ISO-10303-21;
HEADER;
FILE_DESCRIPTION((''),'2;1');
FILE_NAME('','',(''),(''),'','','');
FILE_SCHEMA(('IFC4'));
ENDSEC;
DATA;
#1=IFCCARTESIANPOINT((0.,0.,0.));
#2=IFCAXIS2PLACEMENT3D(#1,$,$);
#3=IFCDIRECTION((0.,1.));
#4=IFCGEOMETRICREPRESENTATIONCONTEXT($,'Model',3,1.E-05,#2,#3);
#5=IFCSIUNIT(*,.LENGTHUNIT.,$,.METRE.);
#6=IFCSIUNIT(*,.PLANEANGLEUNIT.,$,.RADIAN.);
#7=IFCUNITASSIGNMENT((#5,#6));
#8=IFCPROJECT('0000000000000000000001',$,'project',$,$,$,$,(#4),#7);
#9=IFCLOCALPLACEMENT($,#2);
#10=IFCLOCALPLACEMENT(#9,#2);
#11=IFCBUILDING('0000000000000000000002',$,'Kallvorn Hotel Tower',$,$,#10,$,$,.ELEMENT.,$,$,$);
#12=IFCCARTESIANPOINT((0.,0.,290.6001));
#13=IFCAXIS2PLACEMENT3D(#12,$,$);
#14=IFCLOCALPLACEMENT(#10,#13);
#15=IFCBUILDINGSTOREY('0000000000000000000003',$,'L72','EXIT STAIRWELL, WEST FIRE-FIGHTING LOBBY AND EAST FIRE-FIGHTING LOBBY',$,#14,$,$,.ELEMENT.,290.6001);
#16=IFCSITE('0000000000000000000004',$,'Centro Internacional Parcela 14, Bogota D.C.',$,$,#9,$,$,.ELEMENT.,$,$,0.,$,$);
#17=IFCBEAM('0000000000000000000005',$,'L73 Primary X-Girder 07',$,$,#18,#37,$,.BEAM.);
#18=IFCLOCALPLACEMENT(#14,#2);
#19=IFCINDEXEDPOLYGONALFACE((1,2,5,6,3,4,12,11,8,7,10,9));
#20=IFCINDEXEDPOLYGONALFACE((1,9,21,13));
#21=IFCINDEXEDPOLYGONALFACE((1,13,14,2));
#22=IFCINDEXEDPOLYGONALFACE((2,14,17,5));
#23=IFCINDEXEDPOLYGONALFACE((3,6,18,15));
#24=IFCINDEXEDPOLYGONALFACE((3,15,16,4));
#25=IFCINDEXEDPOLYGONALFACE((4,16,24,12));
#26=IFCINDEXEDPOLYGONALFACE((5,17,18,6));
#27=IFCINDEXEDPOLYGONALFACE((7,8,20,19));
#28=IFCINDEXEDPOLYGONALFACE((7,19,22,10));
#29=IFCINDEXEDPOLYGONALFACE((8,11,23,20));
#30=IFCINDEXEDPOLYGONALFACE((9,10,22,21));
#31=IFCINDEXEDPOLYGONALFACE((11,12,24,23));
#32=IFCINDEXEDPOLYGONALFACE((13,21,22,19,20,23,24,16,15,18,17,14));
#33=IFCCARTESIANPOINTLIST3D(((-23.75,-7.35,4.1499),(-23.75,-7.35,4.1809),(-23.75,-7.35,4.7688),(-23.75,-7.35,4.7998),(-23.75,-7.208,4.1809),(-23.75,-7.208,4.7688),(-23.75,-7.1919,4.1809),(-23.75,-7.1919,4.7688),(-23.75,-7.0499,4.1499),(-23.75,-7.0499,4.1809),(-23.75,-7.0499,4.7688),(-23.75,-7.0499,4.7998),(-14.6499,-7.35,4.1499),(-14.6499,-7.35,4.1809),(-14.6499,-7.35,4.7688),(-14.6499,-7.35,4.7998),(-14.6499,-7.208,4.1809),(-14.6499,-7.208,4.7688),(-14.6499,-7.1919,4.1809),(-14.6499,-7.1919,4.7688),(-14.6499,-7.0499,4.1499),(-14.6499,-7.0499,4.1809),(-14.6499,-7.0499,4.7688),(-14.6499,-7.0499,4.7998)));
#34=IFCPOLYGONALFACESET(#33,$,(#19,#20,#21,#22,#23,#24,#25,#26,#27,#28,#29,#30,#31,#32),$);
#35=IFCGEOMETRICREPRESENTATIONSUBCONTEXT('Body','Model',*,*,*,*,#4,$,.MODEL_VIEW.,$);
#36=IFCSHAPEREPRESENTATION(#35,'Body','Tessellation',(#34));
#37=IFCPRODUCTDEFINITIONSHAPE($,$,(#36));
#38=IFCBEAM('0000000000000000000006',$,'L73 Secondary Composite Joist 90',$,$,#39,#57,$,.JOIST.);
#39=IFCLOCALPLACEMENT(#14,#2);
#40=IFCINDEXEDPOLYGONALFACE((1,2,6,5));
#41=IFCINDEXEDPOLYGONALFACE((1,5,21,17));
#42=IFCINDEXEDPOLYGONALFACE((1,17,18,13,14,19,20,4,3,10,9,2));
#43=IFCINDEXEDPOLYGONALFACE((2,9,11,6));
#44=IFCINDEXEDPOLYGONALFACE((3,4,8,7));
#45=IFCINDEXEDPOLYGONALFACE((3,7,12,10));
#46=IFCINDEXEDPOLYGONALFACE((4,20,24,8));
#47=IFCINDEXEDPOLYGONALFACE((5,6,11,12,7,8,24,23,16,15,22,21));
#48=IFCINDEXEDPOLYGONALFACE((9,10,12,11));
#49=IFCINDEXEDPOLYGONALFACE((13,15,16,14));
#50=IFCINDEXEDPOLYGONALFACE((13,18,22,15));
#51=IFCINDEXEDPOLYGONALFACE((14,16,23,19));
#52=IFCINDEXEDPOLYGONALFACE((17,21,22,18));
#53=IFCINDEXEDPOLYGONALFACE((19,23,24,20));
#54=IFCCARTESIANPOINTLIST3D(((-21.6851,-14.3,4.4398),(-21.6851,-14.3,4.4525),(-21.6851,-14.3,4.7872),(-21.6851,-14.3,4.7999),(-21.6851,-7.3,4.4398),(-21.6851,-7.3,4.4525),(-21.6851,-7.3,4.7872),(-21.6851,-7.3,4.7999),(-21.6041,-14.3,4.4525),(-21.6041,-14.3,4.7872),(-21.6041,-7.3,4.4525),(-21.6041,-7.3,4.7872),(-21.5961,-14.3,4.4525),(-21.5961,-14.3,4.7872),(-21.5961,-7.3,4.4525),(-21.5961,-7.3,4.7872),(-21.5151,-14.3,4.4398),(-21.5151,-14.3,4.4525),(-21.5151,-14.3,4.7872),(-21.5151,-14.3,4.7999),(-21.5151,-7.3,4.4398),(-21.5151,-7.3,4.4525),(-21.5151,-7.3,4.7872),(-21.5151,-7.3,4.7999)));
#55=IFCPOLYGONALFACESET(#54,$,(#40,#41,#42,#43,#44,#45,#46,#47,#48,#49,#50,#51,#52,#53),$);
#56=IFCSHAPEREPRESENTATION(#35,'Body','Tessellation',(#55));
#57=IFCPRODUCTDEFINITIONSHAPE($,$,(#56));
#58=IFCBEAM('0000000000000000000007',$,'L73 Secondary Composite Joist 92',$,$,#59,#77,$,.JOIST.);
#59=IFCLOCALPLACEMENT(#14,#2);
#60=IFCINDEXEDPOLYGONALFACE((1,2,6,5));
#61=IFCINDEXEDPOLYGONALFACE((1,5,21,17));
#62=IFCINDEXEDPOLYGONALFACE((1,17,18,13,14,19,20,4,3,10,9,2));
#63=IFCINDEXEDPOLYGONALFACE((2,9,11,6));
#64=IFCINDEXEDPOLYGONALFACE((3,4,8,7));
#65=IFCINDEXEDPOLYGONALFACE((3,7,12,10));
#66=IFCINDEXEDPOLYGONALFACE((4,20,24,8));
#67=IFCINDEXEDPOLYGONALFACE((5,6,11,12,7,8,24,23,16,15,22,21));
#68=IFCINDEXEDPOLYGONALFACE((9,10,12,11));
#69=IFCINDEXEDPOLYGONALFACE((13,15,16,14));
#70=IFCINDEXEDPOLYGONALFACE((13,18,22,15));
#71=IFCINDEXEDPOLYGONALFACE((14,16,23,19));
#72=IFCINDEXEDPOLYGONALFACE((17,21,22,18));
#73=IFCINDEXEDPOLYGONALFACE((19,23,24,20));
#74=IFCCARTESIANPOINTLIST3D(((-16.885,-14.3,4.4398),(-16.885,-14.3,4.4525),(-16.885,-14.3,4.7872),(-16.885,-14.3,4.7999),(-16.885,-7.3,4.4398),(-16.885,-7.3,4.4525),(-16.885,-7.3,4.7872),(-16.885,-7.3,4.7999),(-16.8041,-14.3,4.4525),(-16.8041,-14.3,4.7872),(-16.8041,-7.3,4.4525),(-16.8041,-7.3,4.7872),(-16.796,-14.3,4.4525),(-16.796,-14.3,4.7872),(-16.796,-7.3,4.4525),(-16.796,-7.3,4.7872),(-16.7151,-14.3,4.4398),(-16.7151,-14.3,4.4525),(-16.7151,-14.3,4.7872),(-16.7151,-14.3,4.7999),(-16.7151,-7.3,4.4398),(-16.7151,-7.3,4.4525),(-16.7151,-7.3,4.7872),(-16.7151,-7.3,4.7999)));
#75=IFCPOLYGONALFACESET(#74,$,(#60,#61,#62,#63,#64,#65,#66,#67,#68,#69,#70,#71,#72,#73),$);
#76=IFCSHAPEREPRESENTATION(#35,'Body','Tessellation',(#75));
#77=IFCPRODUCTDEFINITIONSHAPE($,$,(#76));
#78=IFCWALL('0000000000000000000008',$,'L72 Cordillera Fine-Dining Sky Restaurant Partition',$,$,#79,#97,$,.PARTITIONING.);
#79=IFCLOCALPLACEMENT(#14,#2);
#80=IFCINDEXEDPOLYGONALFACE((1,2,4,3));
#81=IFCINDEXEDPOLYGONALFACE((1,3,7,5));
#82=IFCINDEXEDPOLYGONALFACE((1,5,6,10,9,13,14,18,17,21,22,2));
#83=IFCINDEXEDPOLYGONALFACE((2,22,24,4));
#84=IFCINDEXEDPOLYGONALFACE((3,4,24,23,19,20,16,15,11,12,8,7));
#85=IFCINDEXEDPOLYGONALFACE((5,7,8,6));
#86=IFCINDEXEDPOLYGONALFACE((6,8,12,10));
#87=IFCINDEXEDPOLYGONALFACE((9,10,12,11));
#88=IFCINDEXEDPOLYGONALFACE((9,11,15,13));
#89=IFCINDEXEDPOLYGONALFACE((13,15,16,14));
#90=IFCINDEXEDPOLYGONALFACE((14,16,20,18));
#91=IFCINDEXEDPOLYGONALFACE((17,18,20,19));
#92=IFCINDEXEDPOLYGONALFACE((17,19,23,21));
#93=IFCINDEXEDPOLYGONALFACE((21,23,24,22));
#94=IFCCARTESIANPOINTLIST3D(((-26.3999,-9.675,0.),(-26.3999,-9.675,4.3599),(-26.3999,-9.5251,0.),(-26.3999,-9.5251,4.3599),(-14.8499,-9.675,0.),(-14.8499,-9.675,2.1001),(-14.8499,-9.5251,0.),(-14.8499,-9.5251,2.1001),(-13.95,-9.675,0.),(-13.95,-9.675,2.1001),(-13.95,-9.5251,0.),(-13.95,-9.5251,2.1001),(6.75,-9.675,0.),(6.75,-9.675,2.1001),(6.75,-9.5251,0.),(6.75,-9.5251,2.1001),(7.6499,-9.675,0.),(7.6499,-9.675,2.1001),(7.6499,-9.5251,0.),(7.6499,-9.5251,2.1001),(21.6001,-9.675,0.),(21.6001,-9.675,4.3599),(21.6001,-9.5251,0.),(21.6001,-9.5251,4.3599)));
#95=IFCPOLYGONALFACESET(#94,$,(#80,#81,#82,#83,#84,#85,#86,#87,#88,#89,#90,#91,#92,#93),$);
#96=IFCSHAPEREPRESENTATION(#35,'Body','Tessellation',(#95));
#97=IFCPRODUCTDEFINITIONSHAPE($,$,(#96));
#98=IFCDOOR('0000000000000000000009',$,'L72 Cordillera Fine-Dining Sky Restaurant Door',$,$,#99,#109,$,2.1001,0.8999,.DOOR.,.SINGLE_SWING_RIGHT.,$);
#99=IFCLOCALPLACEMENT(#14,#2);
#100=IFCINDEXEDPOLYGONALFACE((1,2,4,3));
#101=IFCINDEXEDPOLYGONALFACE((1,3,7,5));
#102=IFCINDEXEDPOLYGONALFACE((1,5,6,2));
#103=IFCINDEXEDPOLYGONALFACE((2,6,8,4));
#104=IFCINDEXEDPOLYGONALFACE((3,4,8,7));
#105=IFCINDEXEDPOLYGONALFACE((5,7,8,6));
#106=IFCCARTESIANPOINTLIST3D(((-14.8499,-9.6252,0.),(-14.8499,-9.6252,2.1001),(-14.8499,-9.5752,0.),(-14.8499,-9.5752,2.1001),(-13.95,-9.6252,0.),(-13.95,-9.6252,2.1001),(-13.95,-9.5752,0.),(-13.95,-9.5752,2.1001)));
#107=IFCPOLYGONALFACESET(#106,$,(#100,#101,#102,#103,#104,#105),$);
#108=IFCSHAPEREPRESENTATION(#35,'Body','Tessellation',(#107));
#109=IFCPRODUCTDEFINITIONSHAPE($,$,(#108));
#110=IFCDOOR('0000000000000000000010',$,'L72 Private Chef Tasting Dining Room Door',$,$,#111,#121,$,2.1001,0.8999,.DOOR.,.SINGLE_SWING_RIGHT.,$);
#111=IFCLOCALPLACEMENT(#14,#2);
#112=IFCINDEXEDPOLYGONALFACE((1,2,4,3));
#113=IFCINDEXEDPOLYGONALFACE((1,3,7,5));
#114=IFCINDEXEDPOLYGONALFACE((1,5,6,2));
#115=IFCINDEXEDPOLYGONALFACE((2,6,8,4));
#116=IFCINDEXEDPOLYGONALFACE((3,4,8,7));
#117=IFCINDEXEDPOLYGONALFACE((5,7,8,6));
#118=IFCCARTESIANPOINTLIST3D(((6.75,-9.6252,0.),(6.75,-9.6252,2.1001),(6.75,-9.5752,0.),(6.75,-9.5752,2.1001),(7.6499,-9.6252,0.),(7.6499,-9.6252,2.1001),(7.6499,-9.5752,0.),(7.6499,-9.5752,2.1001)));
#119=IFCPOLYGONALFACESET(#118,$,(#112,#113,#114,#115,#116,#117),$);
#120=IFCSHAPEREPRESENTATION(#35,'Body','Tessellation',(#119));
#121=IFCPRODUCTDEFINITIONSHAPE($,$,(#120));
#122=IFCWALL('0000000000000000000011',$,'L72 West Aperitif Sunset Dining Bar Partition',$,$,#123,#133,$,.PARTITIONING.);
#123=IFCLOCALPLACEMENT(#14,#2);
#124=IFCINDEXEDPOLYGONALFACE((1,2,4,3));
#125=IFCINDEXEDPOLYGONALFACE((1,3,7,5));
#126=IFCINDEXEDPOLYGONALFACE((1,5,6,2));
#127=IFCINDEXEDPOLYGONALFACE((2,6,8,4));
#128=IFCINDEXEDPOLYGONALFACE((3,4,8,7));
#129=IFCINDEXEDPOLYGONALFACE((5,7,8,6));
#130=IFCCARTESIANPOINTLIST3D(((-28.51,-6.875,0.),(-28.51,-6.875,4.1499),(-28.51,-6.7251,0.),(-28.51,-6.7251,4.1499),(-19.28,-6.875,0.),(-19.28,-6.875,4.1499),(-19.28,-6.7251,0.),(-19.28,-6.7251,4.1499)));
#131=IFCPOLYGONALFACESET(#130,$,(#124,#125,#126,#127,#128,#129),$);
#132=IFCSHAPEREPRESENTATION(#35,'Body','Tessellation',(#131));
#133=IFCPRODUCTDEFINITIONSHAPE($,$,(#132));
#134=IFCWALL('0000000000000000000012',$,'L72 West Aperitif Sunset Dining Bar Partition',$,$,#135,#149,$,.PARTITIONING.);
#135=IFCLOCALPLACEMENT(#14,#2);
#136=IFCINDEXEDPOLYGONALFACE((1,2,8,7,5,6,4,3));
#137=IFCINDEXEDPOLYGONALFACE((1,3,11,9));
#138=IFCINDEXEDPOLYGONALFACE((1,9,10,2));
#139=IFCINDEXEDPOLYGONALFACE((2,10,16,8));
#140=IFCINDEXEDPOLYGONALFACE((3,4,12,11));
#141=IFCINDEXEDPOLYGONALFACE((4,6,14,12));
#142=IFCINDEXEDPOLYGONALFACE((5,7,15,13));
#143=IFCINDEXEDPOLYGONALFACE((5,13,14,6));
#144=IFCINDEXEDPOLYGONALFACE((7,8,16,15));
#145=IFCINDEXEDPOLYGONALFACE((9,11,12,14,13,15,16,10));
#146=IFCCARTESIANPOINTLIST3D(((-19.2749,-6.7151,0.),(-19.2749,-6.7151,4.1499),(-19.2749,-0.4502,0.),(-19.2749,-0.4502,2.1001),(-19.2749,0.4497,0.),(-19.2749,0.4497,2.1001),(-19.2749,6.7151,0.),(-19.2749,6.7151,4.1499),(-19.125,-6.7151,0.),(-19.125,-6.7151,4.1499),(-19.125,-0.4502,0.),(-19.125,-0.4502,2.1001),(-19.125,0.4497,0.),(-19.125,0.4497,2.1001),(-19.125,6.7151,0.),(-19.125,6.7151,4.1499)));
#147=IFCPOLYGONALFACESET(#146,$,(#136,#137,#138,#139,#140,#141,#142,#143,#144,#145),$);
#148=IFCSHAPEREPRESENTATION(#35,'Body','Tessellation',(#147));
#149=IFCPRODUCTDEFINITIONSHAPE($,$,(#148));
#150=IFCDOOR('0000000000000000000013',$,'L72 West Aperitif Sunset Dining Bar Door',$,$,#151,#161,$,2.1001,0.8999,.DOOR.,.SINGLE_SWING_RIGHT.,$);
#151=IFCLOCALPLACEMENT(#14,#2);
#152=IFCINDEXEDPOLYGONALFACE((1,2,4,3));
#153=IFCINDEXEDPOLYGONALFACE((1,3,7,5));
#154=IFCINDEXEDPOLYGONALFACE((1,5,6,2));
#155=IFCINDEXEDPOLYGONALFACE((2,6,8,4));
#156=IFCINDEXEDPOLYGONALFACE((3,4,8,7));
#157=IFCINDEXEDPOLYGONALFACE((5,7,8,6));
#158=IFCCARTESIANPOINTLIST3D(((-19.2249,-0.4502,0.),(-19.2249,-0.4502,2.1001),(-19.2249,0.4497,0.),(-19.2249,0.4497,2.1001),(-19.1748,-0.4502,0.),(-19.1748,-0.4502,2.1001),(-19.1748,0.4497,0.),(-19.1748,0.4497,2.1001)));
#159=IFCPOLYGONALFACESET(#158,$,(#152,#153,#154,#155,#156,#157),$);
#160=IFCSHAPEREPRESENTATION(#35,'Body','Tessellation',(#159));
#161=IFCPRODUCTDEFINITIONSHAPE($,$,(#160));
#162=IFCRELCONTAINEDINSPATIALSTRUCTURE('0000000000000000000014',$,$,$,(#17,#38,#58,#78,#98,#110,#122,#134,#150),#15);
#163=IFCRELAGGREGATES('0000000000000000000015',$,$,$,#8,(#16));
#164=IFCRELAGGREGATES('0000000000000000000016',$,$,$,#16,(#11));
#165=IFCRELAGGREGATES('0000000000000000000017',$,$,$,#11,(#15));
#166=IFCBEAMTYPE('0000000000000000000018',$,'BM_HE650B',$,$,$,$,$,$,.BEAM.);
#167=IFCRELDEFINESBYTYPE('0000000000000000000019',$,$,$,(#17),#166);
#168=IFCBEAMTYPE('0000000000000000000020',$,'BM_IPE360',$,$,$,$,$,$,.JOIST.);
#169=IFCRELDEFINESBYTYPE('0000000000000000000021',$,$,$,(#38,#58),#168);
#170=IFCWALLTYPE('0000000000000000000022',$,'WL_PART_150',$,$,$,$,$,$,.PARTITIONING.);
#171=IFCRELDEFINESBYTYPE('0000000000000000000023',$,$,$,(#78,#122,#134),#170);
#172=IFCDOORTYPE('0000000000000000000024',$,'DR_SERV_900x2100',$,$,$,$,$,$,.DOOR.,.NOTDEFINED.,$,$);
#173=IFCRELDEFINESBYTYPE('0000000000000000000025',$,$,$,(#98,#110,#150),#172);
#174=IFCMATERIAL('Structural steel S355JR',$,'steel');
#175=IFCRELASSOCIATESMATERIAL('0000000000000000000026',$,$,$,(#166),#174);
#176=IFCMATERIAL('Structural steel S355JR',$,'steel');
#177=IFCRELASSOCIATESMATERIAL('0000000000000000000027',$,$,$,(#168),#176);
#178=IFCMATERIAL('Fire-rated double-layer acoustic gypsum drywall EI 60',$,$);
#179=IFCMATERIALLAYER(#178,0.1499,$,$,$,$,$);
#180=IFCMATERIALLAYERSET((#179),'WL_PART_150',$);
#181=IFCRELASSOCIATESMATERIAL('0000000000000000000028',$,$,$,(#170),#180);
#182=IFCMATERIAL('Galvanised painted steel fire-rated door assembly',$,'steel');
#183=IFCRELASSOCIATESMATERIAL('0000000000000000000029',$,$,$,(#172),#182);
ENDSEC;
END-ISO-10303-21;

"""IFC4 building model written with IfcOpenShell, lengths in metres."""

from ifc_helpers import new_model, si_unit, direction, frame, frame_2d, origin, origin_2d, place, context, subcontext, project, spatial, rectangle, i_section, extrude, material, layer, layer_set, material_profile, profile_set, type_object, element, fill, save


model = new_model("IFC4")

# Units and contexts
model_context = context("Model", 3, precision=1e-05, world=origin(), true_north=direction((0.0, 1.0)))
body_context = subcontext(model_context, "Body", "Model", "MODEL_VIEW")
ifc_project = project(units=[si_unit("LENGTHUNIT", "METRE"), si_unit("PLANEANGLEUNIT", "RADIAN")], contexts=[model_context])

# Site, building, storey
site_placement = place(None, origin())
site = spatial("IfcSite", under=ifc_project, at=site_placement, Name="Centro Internacional Parcela 14, Bogota D.C.", CompositionType="ELEMENT", RefElevation=0.0)
building_placement = place(site_placement, origin())
building = spatial("IfcBuilding", under=site, at=building_placement, Name="Kallvorn Hotel Tower", CompositionType="ELEMENT")
storey_placement = place(building_placement, frame((0.0, 0.0, 290.6001)))
storey = spatial("IfcBuildingStorey", under=building, at=storey_placement, Name="L72", Description="EXIT STAIRWELL, WEST FIRE-FIGHTING LOBBY AND EAST FIRE-FIGHTING LOBBY", CompositionType="ELEMENT", Elevation=290.6001)

# Beams
ifc_material_1 = material(Name="Structural steel S355JR", Category="steel")
ifc_material_profile_1 = material_profile(ifc_material_1, i_section(OverallWidth=0.3, OverallDepth=0.6499, WebThickness=0.0161, FlangeThickness=0.031, at=origin_2d()), Name="HE 650 B")
ifc_profile_set_1 = profile_set([ifc_material_profile_1], Name="Structural steel S355JR")
beam_type_1 = type_object("IfcBeamType", Name="BM_HE650B", PredefinedType="BEAM", material=ifc_profile_set_1)
for number, where, z_axis, x_axis, name in (
    (1, (-23.75, -7.2, 4.4749), (1.0, 0.0, 0.0), (0.0, 1.0, 0.0), "L73 Primary X-Girder 07"),
):
    element("IfcBeam", number, at=place(storey_placement, frame(where, z_axis=z_axis, x_axis=x_axis)), inside=storey, type_object=beam_type_1, Name=name, PredefinedType="BEAM", context=body_context, shape_type="SweptSolid", body=[
        extrude(i_section(OverallWidth=0.3, OverallDepth=0.6499, WebThickness=0.0161, FlangeThickness=0.031, at=origin_2d()), origin(), (0.0, 0.0, 1.0), 9.1001),
    ])
ifc_material_2 = material(Name="Structural steel S355JR", Category="steel")
ifc_material_profile_2 = material_profile(ifc_material_2, i_section(OverallWidth=0.1699, OverallDepth=0.3601, WebThickness=0.0081, FlangeThickness=0.0127, at=origin_2d()), Name="IPE 360")
ifc_profile_set_2 = profile_set([ifc_material_profile_2], Name="Structural steel S355JR")
beam_type_2 = type_object("IfcBeamType", Name="BM_IPE360", PredefinedType="JOIST", material=ifc_profile_set_2)
for number, where, z_axis, x_axis, name in (
    (2, (-21.6001, -14.3, 4.6199), (0.0, 1.0, 0.0), (-1.0, 0.0, 0.0), "L73 Secondary Composite Joist 90"),
    (3, (-16.8, -14.3, 4.6199), (0.0, 1.0, 0.0), (-1.0, 0.0, 0.0), "L73 Secondary Composite Joist 92"),
):
    element("IfcBeam", number, at=place(storey_placement, frame(where, z_axis=z_axis, x_axis=x_axis)), inside=storey, type_object=beam_type_2, Name=name, PredefinedType="JOIST", context=body_context, shape_type="SweptSolid", body=[
        extrude(i_section(OverallWidth=0.1699, OverallDepth=0.3601, WebThickness=0.0081, FlangeThickness=0.0127, at=origin_2d()), origin(), (0.0, 0.0, 1.0), 7.0),
    ])

# Wall, openings, doors
ifc_material_3 = material(Name="Fire-rated double-layer acoustic gypsum drywall EI 60")
ifc_layer = layer(ifc_material_3, 0.1499)
ifc_layer_set = layer_set([ifc_layer], Name="WL_PART_150")
wall_type = type_object("IfcWallType", Name="WL_PART_150", PredefinedType="PARTITIONING", material=ifc_layer_set)
wall_1_placement = place(storey_placement, frame((-26.3999, -9.6001, 0.0), z_axis=(0.0, 0.0, 1.0), x_axis=(1.0, 0.0, 0.0)))
wall_1 = element("IfcWall", 4, at=wall_1_placement, inside=storey, type_object=wall_type, Name="L72 Cordillera Fine-Dining Sky Restaurant Partition", PredefinedType="PARTITIONING", context=body_context, shape_type="SweptSolid", body=[
    extrude(rectangle(XDim=48.0, YDim=0.1499, at=frame_2d((24.0, 0.0))), origin(), (0.0, 0.0, 1.0), 4.3599),
])
opening_1_placement = place(wall_1_placement, frame((11.55, 0.0, 0.0)))
opening_1 = element("IfcOpeningElement", 5, at=opening_1_placement, cuts=wall_1, PredefinedType="OPENING", context=body_context, shape_type="SweptSolid", body=[
    extrude(rectangle(XDim=0.8999, YDim=2.1001, at=frame_2d((0.45, 1.05))), frame((0.0, 0.0898, 0.0), z_axis=(0.0, -1.0, 0.0), x_axis=(1.0, 0.0, 0.0)), (0.0, 0.0, 1.0), 0.1799),
])
opening_2_placement = place(wall_1_placement, frame((33.1499, 0.0, 0.0)))
opening_2 = element("IfcOpeningElement", 6, at=opening_2_placement, cuts=wall_1, PredefinedType="OPENING", context=body_context, shape_type="SweptSolid", body=[
    extrude(rectangle(XDim=0.8999, YDim=2.1001, at=frame_2d((0.45, 1.05))), frame((0.0, 0.0898, 0.0), z_axis=(0.0, -1.0, 0.0), x_axis=(1.0, 0.0, 0.0)), (0.0, 0.0, 1.0), 0.1799),
])
ifc_material_4 = material(Name="Galvanised painted steel fire-rated door assembly", Category="steel")
door_type = type_object("IfcDoorType", Name="DR_SERV_900x2100", OperationType="NOTDEFINED", PredefinedType="DOOR", material=ifc_material_4)
door_1_placement = place(opening_1_placement, origin())
door_1 = element("IfcDoor", 7, at=door_1_placement, inside=storey, type_object=door_type, Name="L72 Cordillera Fine-Dining Sky Restaurant Door", OperationType="SINGLE_SWING_RIGHT", OverallHeight=2.1001, OverallWidth=0.8999, PredefinedType="DOOR", context=body_context, shape_type="SweptSolid", body=[
    extrude(rectangle(XDim=0.8999, YDim=2.1001, at=frame_2d((0.45, 1.05))), frame((0.0, 0.0249, 0.0), z_axis=(0.0, -1.0, 0.0), x_axis=(1.0, 0.0, 0.0)), (0.0, 0.0, 1.0), 0.05),
])
fill(opening_1, door_1)
door_2_placement = place(opening_2_placement, origin())
door_2 = element("IfcDoor", 8, at=door_2_placement, inside=storey, type_object=door_type, Name="L72 Private Chef Tasting Dining Room Door", OperationType="SINGLE_SWING_RIGHT", OverallHeight=2.1001, OverallWidth=0.8999, PredefinedType="DOOR", context=body_context, shape_type="SweptSolid", body=[
    extrude(rectangle(XDim=0.8999, YDim=2.1001, at=frame_2d((0.45, 1.05))), frame((0.0, 0.0249, 0.0), z_axis=(0.0, -1.0, 0.0), x_axis=(1.0, 0.0, 0.0)), (0.0, 0.0, 1.0), 0.05),
])
fill(opening_2, door_2)

# Wall
wall_2_placement = place(storey_placement, frame((-28.51, -6.8, 0.0), z_axis=(0.0, 0.0, 1.0), x_axis=(1.0, 0.0, 0.0)))
element("IfcWall", 9, at=wall_2_placement, inside=storey, type_object=wall_type, Name="L72 West Aperitif Sunset Dining Bar Partition", PredefinedType="PARTITIONING", context=body_context, shape_type="SweptSolid", body=[
    extrude(rectangle(XDim=9.23, YDim=0.1499, at=frame_2d((4.615, 0.0))), origin(), (0.0, 0.0, 1.0), 4.1499),
])

# Wall, opening, door
wall_3_placement = place(storey_placement, frame((-19.2, -6.7151, 0.0), z_axis=(0.0, 0.0, 1.0), x_axis=(0.0, 1.0, 0.0)))
wall_3 = element("IfcWall", 10, at=wall_3_placement, inside=storey, type_object=wall_type, Name="L72 West Aperitif Sunset Dining Bar Partition", PredefinedType="PARTITIONING", context=body_context, shape_type="SweptSolid", body=[
    extrude(rectangle(XDim=13.4302, YDim=0.1499, at=frame_2d((6.7151, 0.0))), origin(), (0.0, 0.0, 1.0), 4.1499),
])
opening_3_placement = place(wall_3_placement, frame((6.2649, 0.0, 0.0)))
opening_3 = element("IfcOpeningElement", 11, at=opening_3_placement, cuts=wall_3, PredefinedType="OPENING", context=body_context, shape_type="SweptSolid", body=[
    extrude(rectangle(XDim=0.8999, YDim=2.1001, at=frame_2d((0.45, 1.05))), frame((0.0, 0.0898, 0.0), z_axis=(0.0, -1.0, 0.0), x_axis=(1.0, 0.0, 0.0)), (0.0, 0.0, 1.0), 0.1799),
])
door_3_placement = place(opening_3_placement, origin())
door_3 = element("IfcDoor", 12, at=door_3_placement, inside=storey, type_object=door_type, Name="L72 West Aperitif Sunset Dining Bar Door", OperationType="SINGLE_SWING_RIGHT", OverallHeight=2.1001, OverallWidth=0.8999, PredefinedType="DOOR", context=body_context, shape_type="SweptSolid", body=[
    extrude(rectangle(XDim=0.8999, YDim=2.1001, at=frame_2d((0.45, 1.05))), frame((0.0, 0.0249, 0.0), z_axis=(0.0, -1.0, 0.0), x_axis=(1.0, 0.0, 0.0)), (0.0, 0.0, 1.0), 0.05),
])
fill(opening_3, door_3)

save(model, "model.ifc")
